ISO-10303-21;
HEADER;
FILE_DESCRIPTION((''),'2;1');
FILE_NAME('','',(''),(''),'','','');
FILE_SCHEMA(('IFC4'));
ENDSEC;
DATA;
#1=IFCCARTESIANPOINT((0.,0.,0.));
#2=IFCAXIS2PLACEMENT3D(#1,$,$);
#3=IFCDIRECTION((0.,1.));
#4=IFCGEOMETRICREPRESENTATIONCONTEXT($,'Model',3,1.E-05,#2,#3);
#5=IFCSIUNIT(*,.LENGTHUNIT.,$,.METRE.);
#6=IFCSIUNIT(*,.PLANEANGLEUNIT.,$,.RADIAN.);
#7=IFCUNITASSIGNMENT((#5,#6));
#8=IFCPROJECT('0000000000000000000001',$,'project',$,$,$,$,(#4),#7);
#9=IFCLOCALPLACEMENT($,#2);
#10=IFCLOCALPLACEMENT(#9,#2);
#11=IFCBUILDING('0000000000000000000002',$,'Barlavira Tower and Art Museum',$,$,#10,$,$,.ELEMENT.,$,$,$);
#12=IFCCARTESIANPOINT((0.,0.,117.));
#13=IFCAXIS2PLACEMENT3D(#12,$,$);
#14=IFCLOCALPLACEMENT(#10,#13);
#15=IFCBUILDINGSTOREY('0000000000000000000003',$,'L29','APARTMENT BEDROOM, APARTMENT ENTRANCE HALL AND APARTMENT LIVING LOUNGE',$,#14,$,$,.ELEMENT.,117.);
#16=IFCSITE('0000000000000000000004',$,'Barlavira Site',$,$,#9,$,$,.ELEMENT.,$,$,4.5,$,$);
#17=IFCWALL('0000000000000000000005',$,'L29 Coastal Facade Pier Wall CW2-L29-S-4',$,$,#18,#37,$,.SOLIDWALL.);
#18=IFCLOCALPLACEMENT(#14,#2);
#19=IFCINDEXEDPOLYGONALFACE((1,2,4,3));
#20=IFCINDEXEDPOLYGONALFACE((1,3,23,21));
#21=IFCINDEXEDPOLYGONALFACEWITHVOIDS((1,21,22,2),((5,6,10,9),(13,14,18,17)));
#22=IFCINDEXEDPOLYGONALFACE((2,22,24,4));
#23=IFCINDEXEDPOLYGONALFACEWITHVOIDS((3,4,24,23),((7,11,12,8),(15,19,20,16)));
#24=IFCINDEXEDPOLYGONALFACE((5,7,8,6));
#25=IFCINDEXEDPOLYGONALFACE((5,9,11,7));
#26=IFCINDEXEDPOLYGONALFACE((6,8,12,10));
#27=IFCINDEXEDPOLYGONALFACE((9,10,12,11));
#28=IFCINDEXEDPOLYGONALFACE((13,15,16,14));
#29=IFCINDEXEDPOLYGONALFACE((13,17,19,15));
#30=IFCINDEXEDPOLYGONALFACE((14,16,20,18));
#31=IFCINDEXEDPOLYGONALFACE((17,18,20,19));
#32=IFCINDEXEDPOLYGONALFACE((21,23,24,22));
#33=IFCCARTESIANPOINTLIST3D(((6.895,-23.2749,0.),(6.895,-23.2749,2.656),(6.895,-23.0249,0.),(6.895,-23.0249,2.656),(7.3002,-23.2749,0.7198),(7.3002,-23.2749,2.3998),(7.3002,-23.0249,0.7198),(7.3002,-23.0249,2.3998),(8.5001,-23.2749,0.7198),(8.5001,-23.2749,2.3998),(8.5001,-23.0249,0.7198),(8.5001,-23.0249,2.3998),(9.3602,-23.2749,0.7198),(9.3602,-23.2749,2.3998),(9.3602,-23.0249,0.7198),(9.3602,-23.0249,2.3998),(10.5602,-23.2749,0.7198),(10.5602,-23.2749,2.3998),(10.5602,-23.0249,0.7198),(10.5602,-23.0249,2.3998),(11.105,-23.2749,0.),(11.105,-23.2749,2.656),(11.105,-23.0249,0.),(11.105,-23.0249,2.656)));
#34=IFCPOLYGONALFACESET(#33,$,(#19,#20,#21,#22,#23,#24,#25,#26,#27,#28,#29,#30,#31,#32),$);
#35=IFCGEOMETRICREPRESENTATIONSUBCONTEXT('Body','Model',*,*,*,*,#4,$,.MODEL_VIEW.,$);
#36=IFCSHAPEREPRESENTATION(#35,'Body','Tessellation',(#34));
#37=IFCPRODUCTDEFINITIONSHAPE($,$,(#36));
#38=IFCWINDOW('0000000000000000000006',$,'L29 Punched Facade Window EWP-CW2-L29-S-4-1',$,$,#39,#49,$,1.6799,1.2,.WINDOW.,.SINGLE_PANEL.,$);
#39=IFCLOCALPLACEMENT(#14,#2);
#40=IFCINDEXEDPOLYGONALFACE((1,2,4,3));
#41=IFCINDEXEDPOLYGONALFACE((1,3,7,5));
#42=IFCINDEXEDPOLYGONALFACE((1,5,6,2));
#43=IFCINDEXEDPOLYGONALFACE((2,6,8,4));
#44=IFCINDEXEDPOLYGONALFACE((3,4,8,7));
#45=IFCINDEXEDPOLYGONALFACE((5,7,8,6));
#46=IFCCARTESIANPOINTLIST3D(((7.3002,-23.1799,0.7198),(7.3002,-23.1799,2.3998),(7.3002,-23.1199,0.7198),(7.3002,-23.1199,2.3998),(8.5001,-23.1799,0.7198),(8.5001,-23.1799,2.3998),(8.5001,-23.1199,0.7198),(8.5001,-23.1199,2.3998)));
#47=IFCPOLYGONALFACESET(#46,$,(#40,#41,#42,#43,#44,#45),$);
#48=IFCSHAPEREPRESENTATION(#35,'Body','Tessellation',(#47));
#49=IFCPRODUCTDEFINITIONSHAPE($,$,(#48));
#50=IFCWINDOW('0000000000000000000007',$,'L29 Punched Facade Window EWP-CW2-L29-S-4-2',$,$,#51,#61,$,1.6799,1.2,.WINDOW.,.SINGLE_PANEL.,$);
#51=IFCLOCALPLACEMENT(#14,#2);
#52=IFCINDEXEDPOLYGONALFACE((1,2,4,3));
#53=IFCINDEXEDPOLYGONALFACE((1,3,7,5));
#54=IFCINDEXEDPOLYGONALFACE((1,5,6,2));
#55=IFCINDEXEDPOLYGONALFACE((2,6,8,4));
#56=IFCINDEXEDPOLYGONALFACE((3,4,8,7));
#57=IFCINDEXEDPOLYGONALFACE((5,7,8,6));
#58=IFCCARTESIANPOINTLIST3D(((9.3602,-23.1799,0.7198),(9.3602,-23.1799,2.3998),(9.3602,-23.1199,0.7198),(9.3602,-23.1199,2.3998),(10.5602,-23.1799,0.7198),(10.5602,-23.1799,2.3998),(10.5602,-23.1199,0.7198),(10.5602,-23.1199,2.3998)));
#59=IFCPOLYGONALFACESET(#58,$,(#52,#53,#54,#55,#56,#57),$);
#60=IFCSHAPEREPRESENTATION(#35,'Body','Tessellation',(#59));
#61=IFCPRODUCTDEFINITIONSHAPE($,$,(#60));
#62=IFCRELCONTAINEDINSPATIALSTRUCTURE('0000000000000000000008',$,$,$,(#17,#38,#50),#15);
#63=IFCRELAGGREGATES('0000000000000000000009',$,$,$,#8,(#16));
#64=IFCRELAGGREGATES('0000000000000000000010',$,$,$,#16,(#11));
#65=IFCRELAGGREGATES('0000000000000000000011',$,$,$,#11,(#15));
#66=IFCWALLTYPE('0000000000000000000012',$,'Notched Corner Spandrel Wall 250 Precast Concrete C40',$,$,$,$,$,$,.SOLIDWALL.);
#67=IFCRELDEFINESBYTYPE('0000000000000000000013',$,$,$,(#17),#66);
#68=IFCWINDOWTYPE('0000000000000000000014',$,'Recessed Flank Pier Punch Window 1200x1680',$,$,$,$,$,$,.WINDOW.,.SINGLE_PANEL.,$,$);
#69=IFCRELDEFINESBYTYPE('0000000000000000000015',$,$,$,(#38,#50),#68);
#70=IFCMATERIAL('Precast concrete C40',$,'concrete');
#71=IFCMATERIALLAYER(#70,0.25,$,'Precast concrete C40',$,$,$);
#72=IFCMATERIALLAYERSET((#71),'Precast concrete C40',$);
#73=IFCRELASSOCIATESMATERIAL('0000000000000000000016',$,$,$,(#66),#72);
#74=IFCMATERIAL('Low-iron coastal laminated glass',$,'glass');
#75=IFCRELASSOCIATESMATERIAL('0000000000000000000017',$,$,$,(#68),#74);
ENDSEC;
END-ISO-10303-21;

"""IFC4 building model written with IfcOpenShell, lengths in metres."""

from ifc_helpers import new_model, si_unit, direction, frame, frame_2d, origin, place, context, subcontext, project, spatial, rectangle, extrude, material, layer, layer_set, type_object, element, fill, save


model = new_model("IFC4")

# Units and contexts
model_context = context("Model", 3, precision=1e-05, world=origin(), true_north=direction((0.0, 1.0)))
body_context = subcontext(model_context, "Body", "Model", "MODEL_VIEW")
ifc_project = project(units=[si_unit("LENGTHUNIT", "METRE"), si_unit("PLANEANGLEUNIT", "RADIAN")], contexts=[model_context])

# Site, building, storey
site_placement = place(None, origin())
site = spatial("IfcSite", under=ifc_project, at=site_placement, Name="Barlavira Site", CompositionType="ELEMENT", RefElevation=4.5)
building_placement = place(site_placement, origin())
building = spatial("IfcBuilding", under=site, at=building_placement, Name="Barlavira Tower and Art Museum", CompositionType="ELEMENT")
storey_placement = place(building_placement, frame((0.0, 0.0, 117.0)))
storey = spatial("IfcBuildingStorey", under=building, at=storey_placement, Name="L29", Description="APARTMENT BEDROOM, APARTMENT ENTRANCE HALL AND APARTMENT LIVING LOUNGE", CompositionType="ELEMENT", Elevation=117.0)

# Shared definitions
ifc_material_1 = material(Name="Low-iron coastal laminated glass", Category="glass")

# Wall, openings, windows
ifc_material_2 = material(Name="Precast concrete C40", Category="concrete")
ifc_layer_1 = layer(ifc_material_2, 0.25, Name="Precast concrete C40")
ifc_layer_set_1 = layer_set([ifc_layer_1], Name="Precast concrete C40")
wall_type_1 = type_object("IfcWallType", Name="Notched Corner Spandrel Wall 250 Precast Concrete C40", PredefinedType="SOLIDWALL", material=ifc_layer_set_1)
wall_1_placement = place(storey_placement, frame((6.895, -23.1499, 0.0), z_axis=(0.0, 0.0, 1.0), x_axis=(1.0, 0.0, 0.0)))
wall_1 = element("IfcWall", 1, at=wall_1_placement, inside=storey, type_object=wall_type_1, Name="L29 Coastal Facade Pier Wall CW2-L29-S-4", PredefinedType="SOLIDWALL", context=body_context, shape_type="SweptSolid", body=[
    extrude(rectangle(XDim=4.21, YDim=0.25, at=frame_2d((2.105, 0.0))), origin(), (0.0, 0.0, 1.0), 2.656),
])
opening_1_placement = place(wall_1_placement, frame((0.405, 0.0, 0.72)))
opening_1 = element("IfcOpeningElement", 2, at=opening_1_placement, cuts=wall_1, PredefinedType="OPENING", context=body_context, shape_type="SweptSolid", body=[
    extrude(rectangle(XDim=1.2, YDim=1.6799, at=frame_2d((0.6001, 0.8398))), frame((0.0, 0.135, 0.0), z_axis=(0.0, -1.0, 0.0), x_axis=(1.0, 0.0, 0.0)), (0.0, 0.0, 1.0), 0.27),
])
opening_2_placement = place(wall_1_placement, frame((2.4651, 0.0, 0.72)))
opening_2 = element("IfcOpeningElement", 3, at=opening_2_placement, cuts=wall_1, PredefinedType="OPENING", context=body_context, shape_type="SweptSolid", body=[
    extrude(rectangle(XDim=1.2, YDim=1.6799, at=frame_2d((0.6001, 0.8398))), frame((0.0, 0.135, 0.0), z_axis=(0.0, -1.0, 0.0), x_axis=(1.0, 0.0, 0.0)), (0.0, 0.0, 1.0), 0.27),
])
window_type = type_object("IfcWindowType", Name="Recessed Flank Pier Punch Window 1200x1680", PartitioningType="SINGLE_PANEL", PredefinedType="WINDOW", material=ifc_material_1)
window_1_placement = place(opening_1_placement, origin())
window_1 = element("IfcWindow", 4, at=window_1_placement, inside=storey, type_object=window_type, Name="L29 Punched Facade Window EWP-CW2-L29-S-4-1", OverallHeight=1.6799, OverallWidth=1.2, PartitioningType="SINGLE_PANEL", PredefinedType="WINDOW", context=body_context, shape_type="SweptSolid", body=[
    extrude(rectangle(XDim=1.2, YDim=1.6799, at=frame_2d((0.6001, 0.8398))), frame((0.0, 0.03, 0.0), z_axis=(0.0, -1.0, 0.0), x_axis=(1.0, 0.0, 0.0)), (0.0, 0.0, 1.0), 0.0601),
])
fill(opening_1, window_1)
window_2_placement = place(opening_2_placement, origin())
window_2 = element("IfcWindow", 5, at=window_2_placement, inside=storey, type_object=window_type, Name="L29 Punched Facade Window EWP-CW2-L29-S-4-2", OverallHeight=1.6799, OverallWidth=1.2, PartitioningType="SINGLE_PANEL", PredefinedType="WINDOW", context=body_context, shape_type="SweptSolid", body=[
    extrude(rectangle(XDim=1.2, YDim=1.6799, at=frame_2d((0.6001, 0.8398))), frame((0.0, 0.03, 0.0), z_axis=(0.0, -1.0, 0.0), x_axis=(1.0, 0.0, 0.0)), (0.0, 0.0, 1.0), 0.0601),
])
fill(opening_2, window_2)

save(model, "model.ifc")
